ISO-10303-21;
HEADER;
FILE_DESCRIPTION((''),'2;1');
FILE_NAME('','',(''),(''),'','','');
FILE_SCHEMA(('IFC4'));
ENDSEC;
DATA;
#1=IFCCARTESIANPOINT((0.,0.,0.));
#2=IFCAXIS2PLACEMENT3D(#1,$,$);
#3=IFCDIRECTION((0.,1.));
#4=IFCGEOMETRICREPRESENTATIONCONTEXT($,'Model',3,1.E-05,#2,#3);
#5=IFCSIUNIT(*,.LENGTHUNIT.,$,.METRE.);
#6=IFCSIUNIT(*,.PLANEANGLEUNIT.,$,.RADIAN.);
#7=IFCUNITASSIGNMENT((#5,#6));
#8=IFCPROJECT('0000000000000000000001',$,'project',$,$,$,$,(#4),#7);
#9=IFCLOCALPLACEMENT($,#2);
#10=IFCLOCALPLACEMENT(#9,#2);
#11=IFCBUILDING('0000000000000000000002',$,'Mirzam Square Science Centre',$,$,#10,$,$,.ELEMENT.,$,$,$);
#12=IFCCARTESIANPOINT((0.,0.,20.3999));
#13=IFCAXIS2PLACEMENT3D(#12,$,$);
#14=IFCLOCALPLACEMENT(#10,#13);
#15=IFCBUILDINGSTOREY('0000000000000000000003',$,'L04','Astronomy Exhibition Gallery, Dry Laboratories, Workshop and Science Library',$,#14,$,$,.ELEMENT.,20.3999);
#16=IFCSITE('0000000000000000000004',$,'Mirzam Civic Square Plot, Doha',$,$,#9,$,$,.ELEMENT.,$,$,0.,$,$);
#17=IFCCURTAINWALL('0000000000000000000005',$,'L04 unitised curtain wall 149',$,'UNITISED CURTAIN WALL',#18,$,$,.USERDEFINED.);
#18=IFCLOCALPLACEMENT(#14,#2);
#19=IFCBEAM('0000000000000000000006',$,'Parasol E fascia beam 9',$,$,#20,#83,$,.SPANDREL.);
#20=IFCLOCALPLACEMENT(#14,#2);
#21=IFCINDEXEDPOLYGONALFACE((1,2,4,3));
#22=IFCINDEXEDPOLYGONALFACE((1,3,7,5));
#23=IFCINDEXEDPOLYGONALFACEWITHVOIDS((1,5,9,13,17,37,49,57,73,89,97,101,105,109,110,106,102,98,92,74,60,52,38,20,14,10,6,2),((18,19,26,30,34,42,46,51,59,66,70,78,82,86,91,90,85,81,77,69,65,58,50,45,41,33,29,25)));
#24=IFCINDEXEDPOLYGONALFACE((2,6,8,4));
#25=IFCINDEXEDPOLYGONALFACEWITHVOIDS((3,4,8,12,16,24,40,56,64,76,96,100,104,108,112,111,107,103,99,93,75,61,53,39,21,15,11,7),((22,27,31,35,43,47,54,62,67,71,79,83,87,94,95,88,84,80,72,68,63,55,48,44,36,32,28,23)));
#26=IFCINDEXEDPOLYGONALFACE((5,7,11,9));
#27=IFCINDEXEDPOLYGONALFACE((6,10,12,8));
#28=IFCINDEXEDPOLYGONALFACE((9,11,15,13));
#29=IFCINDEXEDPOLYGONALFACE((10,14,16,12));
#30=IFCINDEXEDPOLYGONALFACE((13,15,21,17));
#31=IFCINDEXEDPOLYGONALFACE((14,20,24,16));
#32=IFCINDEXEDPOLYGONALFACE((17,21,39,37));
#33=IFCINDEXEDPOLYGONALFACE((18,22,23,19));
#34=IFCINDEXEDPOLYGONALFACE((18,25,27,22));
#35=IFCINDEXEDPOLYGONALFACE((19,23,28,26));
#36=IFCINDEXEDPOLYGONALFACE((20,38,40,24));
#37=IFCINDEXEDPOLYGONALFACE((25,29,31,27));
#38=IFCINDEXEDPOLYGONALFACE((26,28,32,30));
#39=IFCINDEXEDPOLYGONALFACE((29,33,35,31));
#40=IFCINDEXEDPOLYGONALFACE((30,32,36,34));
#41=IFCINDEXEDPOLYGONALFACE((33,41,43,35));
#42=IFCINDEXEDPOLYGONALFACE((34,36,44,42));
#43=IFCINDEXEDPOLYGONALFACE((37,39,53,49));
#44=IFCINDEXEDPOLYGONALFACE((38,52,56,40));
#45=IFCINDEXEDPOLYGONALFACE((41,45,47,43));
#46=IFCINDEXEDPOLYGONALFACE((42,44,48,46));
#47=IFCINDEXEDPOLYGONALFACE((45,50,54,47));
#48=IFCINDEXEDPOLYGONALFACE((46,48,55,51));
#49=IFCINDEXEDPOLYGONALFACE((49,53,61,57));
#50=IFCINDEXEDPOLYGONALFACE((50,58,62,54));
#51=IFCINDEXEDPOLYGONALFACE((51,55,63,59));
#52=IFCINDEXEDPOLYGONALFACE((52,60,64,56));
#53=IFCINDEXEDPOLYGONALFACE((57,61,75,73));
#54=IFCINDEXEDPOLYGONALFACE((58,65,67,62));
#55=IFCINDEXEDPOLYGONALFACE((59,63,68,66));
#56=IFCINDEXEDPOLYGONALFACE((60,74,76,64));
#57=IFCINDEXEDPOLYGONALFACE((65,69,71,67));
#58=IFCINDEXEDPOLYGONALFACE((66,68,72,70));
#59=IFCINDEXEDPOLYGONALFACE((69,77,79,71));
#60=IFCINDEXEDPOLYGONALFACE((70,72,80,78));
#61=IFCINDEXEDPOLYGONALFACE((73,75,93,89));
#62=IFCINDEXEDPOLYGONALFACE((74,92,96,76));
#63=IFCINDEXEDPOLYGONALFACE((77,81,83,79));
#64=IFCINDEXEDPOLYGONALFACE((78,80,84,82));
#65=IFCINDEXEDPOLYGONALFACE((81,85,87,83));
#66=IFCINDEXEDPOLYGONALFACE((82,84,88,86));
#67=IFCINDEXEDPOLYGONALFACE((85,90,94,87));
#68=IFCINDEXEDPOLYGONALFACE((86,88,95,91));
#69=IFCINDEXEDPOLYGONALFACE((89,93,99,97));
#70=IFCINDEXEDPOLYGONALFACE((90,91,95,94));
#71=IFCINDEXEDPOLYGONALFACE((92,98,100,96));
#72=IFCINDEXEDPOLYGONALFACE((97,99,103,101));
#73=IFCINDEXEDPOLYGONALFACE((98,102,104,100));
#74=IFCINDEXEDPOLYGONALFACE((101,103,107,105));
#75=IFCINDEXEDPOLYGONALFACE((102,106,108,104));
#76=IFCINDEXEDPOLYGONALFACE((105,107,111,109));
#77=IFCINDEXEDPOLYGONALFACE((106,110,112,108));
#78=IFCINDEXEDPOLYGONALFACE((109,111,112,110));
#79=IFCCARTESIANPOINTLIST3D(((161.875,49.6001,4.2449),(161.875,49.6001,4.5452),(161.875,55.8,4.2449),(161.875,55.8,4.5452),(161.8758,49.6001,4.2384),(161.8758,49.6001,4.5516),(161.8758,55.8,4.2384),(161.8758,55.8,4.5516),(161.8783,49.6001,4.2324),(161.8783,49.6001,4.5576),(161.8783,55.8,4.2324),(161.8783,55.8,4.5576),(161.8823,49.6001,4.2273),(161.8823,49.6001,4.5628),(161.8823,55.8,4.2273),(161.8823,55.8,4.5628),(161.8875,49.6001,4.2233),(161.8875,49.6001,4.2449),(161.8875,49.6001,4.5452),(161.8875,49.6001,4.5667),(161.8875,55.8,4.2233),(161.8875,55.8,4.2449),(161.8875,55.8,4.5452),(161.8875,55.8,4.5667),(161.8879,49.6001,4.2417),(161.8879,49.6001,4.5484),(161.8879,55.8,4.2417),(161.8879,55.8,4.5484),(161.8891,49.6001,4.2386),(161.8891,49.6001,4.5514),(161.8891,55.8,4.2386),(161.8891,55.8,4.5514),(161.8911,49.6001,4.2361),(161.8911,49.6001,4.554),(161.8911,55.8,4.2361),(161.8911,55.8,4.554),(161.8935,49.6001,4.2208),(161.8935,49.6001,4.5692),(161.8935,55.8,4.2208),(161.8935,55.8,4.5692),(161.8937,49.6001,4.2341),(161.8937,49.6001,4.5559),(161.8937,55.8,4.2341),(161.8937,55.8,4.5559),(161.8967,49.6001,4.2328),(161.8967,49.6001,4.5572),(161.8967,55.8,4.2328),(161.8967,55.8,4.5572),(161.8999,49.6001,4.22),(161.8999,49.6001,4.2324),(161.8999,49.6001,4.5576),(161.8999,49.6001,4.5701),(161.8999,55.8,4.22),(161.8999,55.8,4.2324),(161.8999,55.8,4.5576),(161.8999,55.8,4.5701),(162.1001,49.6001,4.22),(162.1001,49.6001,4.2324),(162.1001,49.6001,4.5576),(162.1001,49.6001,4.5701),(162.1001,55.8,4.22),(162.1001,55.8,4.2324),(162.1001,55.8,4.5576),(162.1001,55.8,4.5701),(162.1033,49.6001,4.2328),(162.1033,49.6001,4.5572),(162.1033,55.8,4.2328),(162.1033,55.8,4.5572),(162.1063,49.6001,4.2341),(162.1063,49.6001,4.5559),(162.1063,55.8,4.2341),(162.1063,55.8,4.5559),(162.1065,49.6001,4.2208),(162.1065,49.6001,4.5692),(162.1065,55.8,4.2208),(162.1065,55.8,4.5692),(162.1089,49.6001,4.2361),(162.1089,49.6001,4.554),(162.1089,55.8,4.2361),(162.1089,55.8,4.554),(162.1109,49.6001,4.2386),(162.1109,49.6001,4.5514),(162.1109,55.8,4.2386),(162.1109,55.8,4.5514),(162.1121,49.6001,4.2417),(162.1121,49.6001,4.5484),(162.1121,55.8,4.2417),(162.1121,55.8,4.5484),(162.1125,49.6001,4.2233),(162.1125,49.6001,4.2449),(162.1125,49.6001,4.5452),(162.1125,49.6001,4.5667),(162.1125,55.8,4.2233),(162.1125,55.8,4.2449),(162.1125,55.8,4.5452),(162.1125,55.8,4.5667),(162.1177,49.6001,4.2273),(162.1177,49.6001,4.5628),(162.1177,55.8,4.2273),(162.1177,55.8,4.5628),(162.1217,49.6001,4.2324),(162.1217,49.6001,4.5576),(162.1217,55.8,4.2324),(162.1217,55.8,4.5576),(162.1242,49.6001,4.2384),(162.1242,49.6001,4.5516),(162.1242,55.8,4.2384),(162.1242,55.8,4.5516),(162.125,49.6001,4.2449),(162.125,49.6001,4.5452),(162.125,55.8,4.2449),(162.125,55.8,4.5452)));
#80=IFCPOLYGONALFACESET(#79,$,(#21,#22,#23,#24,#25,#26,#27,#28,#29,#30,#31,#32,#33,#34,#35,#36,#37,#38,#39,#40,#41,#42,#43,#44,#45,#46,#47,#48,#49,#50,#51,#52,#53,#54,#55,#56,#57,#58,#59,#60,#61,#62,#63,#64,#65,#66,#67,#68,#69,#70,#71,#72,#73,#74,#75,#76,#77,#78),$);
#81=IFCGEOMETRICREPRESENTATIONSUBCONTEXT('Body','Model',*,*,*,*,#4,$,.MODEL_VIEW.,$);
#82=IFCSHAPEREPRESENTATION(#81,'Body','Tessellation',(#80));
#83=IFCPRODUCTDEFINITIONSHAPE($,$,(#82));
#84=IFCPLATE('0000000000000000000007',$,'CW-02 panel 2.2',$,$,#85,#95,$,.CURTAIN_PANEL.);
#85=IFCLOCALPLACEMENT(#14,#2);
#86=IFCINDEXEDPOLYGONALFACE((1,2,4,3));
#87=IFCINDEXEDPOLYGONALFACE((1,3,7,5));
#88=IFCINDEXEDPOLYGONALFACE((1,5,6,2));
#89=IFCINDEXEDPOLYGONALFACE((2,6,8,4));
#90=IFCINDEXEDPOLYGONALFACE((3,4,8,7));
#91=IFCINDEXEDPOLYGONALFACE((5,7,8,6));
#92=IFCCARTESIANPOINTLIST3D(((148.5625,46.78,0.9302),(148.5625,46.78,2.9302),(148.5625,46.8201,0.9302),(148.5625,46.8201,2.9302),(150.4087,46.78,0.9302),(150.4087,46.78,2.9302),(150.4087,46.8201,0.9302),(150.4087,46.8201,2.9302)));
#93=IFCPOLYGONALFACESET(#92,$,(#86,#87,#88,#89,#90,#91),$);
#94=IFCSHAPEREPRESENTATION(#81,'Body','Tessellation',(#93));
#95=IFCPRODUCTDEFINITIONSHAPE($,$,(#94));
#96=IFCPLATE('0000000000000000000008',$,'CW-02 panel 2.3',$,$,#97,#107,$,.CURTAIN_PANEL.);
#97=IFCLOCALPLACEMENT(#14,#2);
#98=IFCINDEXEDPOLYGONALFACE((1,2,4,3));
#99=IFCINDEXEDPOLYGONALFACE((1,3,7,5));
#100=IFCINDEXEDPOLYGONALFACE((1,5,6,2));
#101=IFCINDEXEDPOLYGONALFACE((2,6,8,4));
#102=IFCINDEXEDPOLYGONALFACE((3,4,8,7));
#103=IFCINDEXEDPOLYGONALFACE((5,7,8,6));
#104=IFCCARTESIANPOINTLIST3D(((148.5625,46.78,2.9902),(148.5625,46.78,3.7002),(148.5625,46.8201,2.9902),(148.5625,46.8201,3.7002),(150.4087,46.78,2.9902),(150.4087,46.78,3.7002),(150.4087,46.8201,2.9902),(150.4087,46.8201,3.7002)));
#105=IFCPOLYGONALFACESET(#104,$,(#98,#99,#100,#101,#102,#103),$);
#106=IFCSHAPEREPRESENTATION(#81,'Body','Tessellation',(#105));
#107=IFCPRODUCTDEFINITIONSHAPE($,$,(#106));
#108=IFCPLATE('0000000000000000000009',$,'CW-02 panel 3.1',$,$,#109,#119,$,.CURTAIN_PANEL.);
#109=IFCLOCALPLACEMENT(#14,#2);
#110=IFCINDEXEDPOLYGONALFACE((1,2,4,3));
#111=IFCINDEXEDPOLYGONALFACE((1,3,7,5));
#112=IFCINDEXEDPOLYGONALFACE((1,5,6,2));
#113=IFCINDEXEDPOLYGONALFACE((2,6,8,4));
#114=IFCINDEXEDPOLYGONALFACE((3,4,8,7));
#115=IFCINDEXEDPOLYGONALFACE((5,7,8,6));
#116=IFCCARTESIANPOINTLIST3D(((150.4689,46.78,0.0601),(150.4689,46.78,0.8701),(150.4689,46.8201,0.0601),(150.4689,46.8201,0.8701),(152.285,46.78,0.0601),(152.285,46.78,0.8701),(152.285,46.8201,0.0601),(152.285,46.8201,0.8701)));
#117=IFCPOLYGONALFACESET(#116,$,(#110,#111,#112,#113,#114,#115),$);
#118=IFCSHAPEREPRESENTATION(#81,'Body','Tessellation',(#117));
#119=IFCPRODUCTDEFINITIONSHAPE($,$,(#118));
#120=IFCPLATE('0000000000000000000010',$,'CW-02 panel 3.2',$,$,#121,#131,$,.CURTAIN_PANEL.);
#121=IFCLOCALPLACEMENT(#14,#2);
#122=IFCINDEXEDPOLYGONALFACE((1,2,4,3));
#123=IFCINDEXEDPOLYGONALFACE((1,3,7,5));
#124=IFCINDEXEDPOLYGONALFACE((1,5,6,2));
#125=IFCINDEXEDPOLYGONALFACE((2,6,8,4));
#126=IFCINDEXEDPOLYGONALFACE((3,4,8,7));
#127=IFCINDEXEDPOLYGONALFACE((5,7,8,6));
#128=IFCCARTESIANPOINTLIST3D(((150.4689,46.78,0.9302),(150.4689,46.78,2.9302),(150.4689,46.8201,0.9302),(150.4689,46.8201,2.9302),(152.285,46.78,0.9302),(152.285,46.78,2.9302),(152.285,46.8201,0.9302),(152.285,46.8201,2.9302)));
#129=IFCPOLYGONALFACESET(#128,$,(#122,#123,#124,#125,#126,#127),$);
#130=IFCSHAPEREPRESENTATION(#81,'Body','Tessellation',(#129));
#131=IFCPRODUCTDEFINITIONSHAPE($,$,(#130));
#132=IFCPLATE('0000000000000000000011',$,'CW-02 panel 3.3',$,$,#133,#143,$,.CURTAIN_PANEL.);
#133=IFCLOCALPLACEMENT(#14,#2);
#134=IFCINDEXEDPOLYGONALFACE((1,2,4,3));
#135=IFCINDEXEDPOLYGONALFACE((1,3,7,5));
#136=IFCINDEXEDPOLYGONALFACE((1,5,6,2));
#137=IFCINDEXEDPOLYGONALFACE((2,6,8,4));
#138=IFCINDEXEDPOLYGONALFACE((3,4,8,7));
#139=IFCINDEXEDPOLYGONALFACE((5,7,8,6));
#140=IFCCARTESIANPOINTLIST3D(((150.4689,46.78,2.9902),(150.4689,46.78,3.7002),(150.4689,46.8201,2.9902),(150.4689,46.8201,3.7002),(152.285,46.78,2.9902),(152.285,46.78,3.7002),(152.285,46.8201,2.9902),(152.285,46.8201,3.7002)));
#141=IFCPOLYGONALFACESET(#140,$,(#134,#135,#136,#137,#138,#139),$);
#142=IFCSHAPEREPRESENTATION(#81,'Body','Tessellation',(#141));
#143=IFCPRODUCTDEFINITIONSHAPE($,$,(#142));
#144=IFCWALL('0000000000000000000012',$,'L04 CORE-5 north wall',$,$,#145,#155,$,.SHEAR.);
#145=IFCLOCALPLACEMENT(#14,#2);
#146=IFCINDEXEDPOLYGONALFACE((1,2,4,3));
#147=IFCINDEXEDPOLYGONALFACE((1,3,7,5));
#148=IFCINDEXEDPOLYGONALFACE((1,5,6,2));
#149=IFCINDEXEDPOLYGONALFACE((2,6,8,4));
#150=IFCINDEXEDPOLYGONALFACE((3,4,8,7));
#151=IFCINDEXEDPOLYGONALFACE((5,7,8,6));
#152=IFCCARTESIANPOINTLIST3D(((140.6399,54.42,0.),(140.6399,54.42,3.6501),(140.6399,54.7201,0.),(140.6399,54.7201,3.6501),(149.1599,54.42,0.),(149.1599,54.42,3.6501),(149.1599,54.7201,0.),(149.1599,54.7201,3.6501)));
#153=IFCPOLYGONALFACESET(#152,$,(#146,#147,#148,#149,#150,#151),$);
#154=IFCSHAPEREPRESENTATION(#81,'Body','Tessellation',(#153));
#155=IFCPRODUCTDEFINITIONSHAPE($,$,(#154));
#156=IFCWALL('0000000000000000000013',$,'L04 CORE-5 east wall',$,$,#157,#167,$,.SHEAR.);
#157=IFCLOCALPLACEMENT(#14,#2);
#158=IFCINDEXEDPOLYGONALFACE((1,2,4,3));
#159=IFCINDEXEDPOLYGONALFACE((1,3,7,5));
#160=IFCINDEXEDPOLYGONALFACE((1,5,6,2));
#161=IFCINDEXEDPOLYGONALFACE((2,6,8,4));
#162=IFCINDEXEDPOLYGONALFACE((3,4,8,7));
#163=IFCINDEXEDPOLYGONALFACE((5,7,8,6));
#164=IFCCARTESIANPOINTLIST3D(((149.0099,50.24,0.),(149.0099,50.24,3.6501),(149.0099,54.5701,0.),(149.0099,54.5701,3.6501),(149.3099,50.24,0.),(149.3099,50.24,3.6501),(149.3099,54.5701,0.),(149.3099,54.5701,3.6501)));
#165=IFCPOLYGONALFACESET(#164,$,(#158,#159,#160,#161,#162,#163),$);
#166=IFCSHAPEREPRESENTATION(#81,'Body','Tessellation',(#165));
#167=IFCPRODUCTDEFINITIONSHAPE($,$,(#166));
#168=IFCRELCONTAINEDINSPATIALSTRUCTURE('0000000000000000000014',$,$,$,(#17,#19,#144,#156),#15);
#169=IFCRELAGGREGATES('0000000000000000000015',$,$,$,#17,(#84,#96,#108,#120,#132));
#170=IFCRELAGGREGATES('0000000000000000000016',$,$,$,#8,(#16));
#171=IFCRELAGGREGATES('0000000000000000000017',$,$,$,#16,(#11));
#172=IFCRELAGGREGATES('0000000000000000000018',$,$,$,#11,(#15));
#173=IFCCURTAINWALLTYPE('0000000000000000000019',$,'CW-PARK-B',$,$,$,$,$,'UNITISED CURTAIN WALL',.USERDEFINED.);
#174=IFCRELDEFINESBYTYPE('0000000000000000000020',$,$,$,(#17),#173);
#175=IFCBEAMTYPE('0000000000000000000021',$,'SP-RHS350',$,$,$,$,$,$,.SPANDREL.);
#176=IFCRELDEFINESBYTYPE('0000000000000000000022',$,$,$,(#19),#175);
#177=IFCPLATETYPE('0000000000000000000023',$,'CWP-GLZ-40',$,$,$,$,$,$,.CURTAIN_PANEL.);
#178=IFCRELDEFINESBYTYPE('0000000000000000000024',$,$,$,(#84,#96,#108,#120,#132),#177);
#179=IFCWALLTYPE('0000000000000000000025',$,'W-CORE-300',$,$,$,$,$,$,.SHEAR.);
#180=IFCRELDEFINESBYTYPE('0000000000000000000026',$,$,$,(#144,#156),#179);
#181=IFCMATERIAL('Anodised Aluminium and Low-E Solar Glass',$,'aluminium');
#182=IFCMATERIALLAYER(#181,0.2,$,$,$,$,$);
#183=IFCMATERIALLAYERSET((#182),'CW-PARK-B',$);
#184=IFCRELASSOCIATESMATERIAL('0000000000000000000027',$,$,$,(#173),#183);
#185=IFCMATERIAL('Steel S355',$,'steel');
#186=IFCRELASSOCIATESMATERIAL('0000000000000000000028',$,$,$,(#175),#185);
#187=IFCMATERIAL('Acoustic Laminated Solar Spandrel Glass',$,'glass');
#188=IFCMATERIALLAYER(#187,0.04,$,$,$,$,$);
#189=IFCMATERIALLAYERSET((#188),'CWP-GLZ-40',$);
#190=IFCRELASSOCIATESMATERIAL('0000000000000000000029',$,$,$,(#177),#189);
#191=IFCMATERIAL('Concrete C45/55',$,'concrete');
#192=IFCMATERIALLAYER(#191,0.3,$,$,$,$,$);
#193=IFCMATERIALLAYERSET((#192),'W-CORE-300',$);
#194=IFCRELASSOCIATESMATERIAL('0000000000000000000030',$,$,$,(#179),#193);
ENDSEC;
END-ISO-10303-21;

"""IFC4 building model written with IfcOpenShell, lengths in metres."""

from ifc_helpers import new_model, si_unit, direction, frame, frame_2d, origin, origin_2d, place, context, subcontext, project, spatial, rectangle, hollow_rectangle, extrude, material, layer, layer_set, material_profile, profile_set, type_object, element, aggregate, save


model = new_model("IFC4")

# Units and contexts
model_context = context("Model", 3, precision=1e-05, world=origin(), true_north=direction((0.0, 1.0)))
body_context = subcontext(model_context, "Body", "Model", "MODEL_VIEW")
ifc_project = project(units=[si_unit("LENGTHUNIT", "METRE"), si_unit("PLANEANGLEUNIT", "RADIAN")], contexts=[model_context])

# Site, building, storey
site_placement = place(None, origin())
site = spatial("IfcSite", under=ifc_project, at=site_placement, Name="Mirzam Civic Square Plot, Doha", CompositionType="ELEMENT", RefElevation=0.0)
building_placement = place(site_placement, origin())
building = spatial("IfcBuilding", under=site, at=building_placement, Name="Mirzam Square Science Centre", CompositionType="ELEMENT")
storey_placement = place(building_placement, frame((0.0, 0.0, 20.3999)))
storey = spatial("IfcBuildingStorey", under=building, at=storey_placement, Name="L04", Description="Astronomy Exhibition Gallery, Dry Laboratories, Workshop and Science Library", CompositionType="ELEMENT", Elevation=20.3999)

# Shared definitions
ifc_material_1 = material(Name="Steel S355", Category="steel")

# Curtain wall
ifc_material_2 = material(Name="Anodised Aluminium and Low-E Solar Glass", Category="aluminium")
ifc_layer_1 = layer(ifc_material_2, 0.2)
ifc_layer_set_1 = layer_set([ifc_layer_1], Name="CW-PARK-B")
curtain_wall_type = type_object("IfcCurtainWallType", Name="CW-PARK-B", ElementType="UNITISED CURTAIN WALL", PredefinedType="USERDEFINED", material=ifc_layer_set_1)
curtain_wall_placement = place(storey_placement, origin())
curtain_wall = element("IfcCurtainWall", 1, at=curtain_wall_placement, inside=storey, type_object=curtain_wall_type, Name="L04 unitised curtain wall 149", ObjectType="UNITISED CURTAIN WALL", PredefinedType="USERDEFINED")

# Beam
ifc_material_profile_1 = material_profile(ifc_material_1, hollow_rectangle(XDim=0.25, YDim=0.3501, WallThickness=0.0125, InnerFilletRadius=0.0125, OuterFilletRadius=0.0249, at=origin_2d()), Name="350x250x12.5RHS")
ifc_profile_set_1 = profile_set([ifc_material_profile_1], Name="Steel S355")
beam_type_1 = type_object("IfcBeamType", Name="SP-RHS350", PredefinedType="SPANDREL", material=ifc_profile_set_1)
beam_1_placement = place(storey_placement, frame((162.0, 49.6001, 4.395), z_axis=(0.0, 1.0, 0.0), x_axis=(-1.0, 0.0, 0.0)))
element("IfcBeam", 2, at=beam_1_placement, inside=storey, type_object=beam_type_1, Name="Parasol E fascia beam 9", PredefinedType="SPANDREL", context=body_context, shape_type="SweptSolid", body=[
    extrude(hollow_rectangle(XDim=0.25, YDim=0.3501, WallThickness=0.0125, InnerFilletRadius=0.0125, OuterFilletRadius=0.0249, at=origin_2d()), origin(), (0.0, 0.0, 1.0), 6.2),
])

# Plates
ifc_material_3 = material(Name="Acoustic Laminated Solar Spandrel Glass", Category="glass")
ifc_layer_2 = layer(ifc_material_3, 0.04)
ifc_layer_set_2 = layer_set([ifc_layer_2], Name="CWP-GLZ-40")
plate_type = type_object("IfcPlateType", Name="CWP-GLZ-40", PredefinedType="CURTAIN_PANEL", material=ifc_layer_set_2)
plate_1_placement = place(storey_placement, frame((149.4856, 46.8, 0.9302), z_axis=(0.0, 0.0, 1.0), x_axis=(1.0, 0.0, 0.0)))
plate_1 = element("IfcPlate", 3, at=plate_1_placement, type_object=plate_type, Name="CW-02 panel 2.2", PredefinedType="CURTAIN_PANEL", context=body_context, shape_type="SweptSolid", body=[
    extrude(rectangle(XDim=1.8462, YDim=0.04, at=origin_2d()), origin(), (0.0, 0.0, 1.0), 2.0),
])
plate_2_placement = place(storey_placement, frame((149.4856, 46.8, 2.9902), z_axis=(0.0, 0.0, 1.0), x_axis=(1.0, 0.0, 0.0)))
plate_2 = element("IfcPlate", 4, at=plate_2_placement, type_object=plate_type, Name="CW-02 panel 2.3", PredefinedType="CURTAIN_PANEL", context=body_context, shape_type="SweptSolid", body=[
    extrude(rectangle(XDim=1.8462, YDim=0.04, at=origin_2d()), origin(), (0.0, 0.0, 1.0), 0.71),
])
plate_3_placement = place(storey_placement, frame((151.377, 46.8, 0.0601), z_axis=(0.0, 0.0, 1.0), x_axis=(1.0, 0.0, 0.0)))
plate_3 = element("IfcPlate", 5, at=plate_3_placement, type_object=plate_type, Name="CW-02 panel 3.1", PredefinedType="CURTAIN_PANEL", context=body_context, shape_type="SweptSolid", body=[
    extrude(rectangle(XDim=1.8162, YDim=0.04, at=origin_2d()), origin(), (0.0, 0.0, 1.0), 0.8101),
])
plate_4_placement = place(storey_placement, frame((151.377, 46.8, 0.9302), z_axis=(0.0, 0.0, 1.0), x_axis=(1.0, 0.0, 0.0)))
plate_4 = element("IfcPlate", 6, at=plate_4_placement, type_object=plate_type, Name="CW-02 panel 3.2", PredefinedType="CURTAIN_PANEL", context=body_context, shape_type="SweptSolid", body=[
    extrude(rectangle(XDim=1.8162, YDim=0.04, at=origin_2d()), origin(), (0.0, 0.0, 1.0), 2.0),
])
plate_5_placement = place(storey_placement, frame((151.377, 46.8, 2.9902), z_axis=(0.0, 0.0, 1.0), x_axis=(1.0, 0.0, 0.0)))
plate_5 = element("IfcPlate", 7, at=plate_5_placement, type_object=plate_type, Name="CW-02 panel 3.3", PredefinedType="CURTAIN_PANEL", context=body_context, shape_type="SweptSolid", body=[
    extrude(rectangle(XDim=1.8162, YDim=0.04, at=origin_2d()), origin(), (0.0, 0.0, 1.0), 0.71),
])
aggregate(curtain_wall, [plate_1, plate_2, plate_3, plate_4, plate_5])

# Walls
ifc_material_4 = material(Name="Concrete C45/55", Category="concrete")
ifc_layer_3 = layer(ifc_material_4, 0.3)
ifc_layer_set_3 = layer_set([ifc_layer_3], Name="W-CORE-300")
wall_type_1 = type_object("IfcWallType", Name="W-CORE-300", PredefinedType="SHEAR", material=ifc_layer_set_3)
wall_1_placement = place(storey_placement, frame((149.1599, 54.5701, 0.0), z_axis=(0.0, 0.0, 1.0), x_axis=(-1.0, 0.0, 0.0)))
element("IfcWall", 8, at=wall_1_placement, inside=storey, type_object=wall_type_1, Name="L04 CORE-5 north wall", PredefinedType="SHEAR", context=body_context, shape_type="SweptSolid", body=[
    extrude(rectangle(XDim=8.52, YDim=0.3, at=frame_2d((4.26, 0.0))), origin(), (0.0, 0.0, 1.0), 3.6501),
])
wall_2_placement = place(storey_placement, frame((149.1599, 50.24, 0.0), z_axis=(0.0, 0.0, 1.0), x_axis=(0.0, 1.0, 0.0)))
element("IfcWall", 9, at=wall_2_placement, inside=storey, type_object=wall_type_1, Name="L04 CORE-5 east wall", PredefinedType="SHEAR", context=body_context, shape_type="SweptSolid", body=[
    extrude(rectangle(XDim=4.3301, YDim=0.3, at=frame_2d((2.165, 0.0))), origin(), (0.0, 0.0, 1.0), 3.6501),
])

save(model, "model.ifc")
